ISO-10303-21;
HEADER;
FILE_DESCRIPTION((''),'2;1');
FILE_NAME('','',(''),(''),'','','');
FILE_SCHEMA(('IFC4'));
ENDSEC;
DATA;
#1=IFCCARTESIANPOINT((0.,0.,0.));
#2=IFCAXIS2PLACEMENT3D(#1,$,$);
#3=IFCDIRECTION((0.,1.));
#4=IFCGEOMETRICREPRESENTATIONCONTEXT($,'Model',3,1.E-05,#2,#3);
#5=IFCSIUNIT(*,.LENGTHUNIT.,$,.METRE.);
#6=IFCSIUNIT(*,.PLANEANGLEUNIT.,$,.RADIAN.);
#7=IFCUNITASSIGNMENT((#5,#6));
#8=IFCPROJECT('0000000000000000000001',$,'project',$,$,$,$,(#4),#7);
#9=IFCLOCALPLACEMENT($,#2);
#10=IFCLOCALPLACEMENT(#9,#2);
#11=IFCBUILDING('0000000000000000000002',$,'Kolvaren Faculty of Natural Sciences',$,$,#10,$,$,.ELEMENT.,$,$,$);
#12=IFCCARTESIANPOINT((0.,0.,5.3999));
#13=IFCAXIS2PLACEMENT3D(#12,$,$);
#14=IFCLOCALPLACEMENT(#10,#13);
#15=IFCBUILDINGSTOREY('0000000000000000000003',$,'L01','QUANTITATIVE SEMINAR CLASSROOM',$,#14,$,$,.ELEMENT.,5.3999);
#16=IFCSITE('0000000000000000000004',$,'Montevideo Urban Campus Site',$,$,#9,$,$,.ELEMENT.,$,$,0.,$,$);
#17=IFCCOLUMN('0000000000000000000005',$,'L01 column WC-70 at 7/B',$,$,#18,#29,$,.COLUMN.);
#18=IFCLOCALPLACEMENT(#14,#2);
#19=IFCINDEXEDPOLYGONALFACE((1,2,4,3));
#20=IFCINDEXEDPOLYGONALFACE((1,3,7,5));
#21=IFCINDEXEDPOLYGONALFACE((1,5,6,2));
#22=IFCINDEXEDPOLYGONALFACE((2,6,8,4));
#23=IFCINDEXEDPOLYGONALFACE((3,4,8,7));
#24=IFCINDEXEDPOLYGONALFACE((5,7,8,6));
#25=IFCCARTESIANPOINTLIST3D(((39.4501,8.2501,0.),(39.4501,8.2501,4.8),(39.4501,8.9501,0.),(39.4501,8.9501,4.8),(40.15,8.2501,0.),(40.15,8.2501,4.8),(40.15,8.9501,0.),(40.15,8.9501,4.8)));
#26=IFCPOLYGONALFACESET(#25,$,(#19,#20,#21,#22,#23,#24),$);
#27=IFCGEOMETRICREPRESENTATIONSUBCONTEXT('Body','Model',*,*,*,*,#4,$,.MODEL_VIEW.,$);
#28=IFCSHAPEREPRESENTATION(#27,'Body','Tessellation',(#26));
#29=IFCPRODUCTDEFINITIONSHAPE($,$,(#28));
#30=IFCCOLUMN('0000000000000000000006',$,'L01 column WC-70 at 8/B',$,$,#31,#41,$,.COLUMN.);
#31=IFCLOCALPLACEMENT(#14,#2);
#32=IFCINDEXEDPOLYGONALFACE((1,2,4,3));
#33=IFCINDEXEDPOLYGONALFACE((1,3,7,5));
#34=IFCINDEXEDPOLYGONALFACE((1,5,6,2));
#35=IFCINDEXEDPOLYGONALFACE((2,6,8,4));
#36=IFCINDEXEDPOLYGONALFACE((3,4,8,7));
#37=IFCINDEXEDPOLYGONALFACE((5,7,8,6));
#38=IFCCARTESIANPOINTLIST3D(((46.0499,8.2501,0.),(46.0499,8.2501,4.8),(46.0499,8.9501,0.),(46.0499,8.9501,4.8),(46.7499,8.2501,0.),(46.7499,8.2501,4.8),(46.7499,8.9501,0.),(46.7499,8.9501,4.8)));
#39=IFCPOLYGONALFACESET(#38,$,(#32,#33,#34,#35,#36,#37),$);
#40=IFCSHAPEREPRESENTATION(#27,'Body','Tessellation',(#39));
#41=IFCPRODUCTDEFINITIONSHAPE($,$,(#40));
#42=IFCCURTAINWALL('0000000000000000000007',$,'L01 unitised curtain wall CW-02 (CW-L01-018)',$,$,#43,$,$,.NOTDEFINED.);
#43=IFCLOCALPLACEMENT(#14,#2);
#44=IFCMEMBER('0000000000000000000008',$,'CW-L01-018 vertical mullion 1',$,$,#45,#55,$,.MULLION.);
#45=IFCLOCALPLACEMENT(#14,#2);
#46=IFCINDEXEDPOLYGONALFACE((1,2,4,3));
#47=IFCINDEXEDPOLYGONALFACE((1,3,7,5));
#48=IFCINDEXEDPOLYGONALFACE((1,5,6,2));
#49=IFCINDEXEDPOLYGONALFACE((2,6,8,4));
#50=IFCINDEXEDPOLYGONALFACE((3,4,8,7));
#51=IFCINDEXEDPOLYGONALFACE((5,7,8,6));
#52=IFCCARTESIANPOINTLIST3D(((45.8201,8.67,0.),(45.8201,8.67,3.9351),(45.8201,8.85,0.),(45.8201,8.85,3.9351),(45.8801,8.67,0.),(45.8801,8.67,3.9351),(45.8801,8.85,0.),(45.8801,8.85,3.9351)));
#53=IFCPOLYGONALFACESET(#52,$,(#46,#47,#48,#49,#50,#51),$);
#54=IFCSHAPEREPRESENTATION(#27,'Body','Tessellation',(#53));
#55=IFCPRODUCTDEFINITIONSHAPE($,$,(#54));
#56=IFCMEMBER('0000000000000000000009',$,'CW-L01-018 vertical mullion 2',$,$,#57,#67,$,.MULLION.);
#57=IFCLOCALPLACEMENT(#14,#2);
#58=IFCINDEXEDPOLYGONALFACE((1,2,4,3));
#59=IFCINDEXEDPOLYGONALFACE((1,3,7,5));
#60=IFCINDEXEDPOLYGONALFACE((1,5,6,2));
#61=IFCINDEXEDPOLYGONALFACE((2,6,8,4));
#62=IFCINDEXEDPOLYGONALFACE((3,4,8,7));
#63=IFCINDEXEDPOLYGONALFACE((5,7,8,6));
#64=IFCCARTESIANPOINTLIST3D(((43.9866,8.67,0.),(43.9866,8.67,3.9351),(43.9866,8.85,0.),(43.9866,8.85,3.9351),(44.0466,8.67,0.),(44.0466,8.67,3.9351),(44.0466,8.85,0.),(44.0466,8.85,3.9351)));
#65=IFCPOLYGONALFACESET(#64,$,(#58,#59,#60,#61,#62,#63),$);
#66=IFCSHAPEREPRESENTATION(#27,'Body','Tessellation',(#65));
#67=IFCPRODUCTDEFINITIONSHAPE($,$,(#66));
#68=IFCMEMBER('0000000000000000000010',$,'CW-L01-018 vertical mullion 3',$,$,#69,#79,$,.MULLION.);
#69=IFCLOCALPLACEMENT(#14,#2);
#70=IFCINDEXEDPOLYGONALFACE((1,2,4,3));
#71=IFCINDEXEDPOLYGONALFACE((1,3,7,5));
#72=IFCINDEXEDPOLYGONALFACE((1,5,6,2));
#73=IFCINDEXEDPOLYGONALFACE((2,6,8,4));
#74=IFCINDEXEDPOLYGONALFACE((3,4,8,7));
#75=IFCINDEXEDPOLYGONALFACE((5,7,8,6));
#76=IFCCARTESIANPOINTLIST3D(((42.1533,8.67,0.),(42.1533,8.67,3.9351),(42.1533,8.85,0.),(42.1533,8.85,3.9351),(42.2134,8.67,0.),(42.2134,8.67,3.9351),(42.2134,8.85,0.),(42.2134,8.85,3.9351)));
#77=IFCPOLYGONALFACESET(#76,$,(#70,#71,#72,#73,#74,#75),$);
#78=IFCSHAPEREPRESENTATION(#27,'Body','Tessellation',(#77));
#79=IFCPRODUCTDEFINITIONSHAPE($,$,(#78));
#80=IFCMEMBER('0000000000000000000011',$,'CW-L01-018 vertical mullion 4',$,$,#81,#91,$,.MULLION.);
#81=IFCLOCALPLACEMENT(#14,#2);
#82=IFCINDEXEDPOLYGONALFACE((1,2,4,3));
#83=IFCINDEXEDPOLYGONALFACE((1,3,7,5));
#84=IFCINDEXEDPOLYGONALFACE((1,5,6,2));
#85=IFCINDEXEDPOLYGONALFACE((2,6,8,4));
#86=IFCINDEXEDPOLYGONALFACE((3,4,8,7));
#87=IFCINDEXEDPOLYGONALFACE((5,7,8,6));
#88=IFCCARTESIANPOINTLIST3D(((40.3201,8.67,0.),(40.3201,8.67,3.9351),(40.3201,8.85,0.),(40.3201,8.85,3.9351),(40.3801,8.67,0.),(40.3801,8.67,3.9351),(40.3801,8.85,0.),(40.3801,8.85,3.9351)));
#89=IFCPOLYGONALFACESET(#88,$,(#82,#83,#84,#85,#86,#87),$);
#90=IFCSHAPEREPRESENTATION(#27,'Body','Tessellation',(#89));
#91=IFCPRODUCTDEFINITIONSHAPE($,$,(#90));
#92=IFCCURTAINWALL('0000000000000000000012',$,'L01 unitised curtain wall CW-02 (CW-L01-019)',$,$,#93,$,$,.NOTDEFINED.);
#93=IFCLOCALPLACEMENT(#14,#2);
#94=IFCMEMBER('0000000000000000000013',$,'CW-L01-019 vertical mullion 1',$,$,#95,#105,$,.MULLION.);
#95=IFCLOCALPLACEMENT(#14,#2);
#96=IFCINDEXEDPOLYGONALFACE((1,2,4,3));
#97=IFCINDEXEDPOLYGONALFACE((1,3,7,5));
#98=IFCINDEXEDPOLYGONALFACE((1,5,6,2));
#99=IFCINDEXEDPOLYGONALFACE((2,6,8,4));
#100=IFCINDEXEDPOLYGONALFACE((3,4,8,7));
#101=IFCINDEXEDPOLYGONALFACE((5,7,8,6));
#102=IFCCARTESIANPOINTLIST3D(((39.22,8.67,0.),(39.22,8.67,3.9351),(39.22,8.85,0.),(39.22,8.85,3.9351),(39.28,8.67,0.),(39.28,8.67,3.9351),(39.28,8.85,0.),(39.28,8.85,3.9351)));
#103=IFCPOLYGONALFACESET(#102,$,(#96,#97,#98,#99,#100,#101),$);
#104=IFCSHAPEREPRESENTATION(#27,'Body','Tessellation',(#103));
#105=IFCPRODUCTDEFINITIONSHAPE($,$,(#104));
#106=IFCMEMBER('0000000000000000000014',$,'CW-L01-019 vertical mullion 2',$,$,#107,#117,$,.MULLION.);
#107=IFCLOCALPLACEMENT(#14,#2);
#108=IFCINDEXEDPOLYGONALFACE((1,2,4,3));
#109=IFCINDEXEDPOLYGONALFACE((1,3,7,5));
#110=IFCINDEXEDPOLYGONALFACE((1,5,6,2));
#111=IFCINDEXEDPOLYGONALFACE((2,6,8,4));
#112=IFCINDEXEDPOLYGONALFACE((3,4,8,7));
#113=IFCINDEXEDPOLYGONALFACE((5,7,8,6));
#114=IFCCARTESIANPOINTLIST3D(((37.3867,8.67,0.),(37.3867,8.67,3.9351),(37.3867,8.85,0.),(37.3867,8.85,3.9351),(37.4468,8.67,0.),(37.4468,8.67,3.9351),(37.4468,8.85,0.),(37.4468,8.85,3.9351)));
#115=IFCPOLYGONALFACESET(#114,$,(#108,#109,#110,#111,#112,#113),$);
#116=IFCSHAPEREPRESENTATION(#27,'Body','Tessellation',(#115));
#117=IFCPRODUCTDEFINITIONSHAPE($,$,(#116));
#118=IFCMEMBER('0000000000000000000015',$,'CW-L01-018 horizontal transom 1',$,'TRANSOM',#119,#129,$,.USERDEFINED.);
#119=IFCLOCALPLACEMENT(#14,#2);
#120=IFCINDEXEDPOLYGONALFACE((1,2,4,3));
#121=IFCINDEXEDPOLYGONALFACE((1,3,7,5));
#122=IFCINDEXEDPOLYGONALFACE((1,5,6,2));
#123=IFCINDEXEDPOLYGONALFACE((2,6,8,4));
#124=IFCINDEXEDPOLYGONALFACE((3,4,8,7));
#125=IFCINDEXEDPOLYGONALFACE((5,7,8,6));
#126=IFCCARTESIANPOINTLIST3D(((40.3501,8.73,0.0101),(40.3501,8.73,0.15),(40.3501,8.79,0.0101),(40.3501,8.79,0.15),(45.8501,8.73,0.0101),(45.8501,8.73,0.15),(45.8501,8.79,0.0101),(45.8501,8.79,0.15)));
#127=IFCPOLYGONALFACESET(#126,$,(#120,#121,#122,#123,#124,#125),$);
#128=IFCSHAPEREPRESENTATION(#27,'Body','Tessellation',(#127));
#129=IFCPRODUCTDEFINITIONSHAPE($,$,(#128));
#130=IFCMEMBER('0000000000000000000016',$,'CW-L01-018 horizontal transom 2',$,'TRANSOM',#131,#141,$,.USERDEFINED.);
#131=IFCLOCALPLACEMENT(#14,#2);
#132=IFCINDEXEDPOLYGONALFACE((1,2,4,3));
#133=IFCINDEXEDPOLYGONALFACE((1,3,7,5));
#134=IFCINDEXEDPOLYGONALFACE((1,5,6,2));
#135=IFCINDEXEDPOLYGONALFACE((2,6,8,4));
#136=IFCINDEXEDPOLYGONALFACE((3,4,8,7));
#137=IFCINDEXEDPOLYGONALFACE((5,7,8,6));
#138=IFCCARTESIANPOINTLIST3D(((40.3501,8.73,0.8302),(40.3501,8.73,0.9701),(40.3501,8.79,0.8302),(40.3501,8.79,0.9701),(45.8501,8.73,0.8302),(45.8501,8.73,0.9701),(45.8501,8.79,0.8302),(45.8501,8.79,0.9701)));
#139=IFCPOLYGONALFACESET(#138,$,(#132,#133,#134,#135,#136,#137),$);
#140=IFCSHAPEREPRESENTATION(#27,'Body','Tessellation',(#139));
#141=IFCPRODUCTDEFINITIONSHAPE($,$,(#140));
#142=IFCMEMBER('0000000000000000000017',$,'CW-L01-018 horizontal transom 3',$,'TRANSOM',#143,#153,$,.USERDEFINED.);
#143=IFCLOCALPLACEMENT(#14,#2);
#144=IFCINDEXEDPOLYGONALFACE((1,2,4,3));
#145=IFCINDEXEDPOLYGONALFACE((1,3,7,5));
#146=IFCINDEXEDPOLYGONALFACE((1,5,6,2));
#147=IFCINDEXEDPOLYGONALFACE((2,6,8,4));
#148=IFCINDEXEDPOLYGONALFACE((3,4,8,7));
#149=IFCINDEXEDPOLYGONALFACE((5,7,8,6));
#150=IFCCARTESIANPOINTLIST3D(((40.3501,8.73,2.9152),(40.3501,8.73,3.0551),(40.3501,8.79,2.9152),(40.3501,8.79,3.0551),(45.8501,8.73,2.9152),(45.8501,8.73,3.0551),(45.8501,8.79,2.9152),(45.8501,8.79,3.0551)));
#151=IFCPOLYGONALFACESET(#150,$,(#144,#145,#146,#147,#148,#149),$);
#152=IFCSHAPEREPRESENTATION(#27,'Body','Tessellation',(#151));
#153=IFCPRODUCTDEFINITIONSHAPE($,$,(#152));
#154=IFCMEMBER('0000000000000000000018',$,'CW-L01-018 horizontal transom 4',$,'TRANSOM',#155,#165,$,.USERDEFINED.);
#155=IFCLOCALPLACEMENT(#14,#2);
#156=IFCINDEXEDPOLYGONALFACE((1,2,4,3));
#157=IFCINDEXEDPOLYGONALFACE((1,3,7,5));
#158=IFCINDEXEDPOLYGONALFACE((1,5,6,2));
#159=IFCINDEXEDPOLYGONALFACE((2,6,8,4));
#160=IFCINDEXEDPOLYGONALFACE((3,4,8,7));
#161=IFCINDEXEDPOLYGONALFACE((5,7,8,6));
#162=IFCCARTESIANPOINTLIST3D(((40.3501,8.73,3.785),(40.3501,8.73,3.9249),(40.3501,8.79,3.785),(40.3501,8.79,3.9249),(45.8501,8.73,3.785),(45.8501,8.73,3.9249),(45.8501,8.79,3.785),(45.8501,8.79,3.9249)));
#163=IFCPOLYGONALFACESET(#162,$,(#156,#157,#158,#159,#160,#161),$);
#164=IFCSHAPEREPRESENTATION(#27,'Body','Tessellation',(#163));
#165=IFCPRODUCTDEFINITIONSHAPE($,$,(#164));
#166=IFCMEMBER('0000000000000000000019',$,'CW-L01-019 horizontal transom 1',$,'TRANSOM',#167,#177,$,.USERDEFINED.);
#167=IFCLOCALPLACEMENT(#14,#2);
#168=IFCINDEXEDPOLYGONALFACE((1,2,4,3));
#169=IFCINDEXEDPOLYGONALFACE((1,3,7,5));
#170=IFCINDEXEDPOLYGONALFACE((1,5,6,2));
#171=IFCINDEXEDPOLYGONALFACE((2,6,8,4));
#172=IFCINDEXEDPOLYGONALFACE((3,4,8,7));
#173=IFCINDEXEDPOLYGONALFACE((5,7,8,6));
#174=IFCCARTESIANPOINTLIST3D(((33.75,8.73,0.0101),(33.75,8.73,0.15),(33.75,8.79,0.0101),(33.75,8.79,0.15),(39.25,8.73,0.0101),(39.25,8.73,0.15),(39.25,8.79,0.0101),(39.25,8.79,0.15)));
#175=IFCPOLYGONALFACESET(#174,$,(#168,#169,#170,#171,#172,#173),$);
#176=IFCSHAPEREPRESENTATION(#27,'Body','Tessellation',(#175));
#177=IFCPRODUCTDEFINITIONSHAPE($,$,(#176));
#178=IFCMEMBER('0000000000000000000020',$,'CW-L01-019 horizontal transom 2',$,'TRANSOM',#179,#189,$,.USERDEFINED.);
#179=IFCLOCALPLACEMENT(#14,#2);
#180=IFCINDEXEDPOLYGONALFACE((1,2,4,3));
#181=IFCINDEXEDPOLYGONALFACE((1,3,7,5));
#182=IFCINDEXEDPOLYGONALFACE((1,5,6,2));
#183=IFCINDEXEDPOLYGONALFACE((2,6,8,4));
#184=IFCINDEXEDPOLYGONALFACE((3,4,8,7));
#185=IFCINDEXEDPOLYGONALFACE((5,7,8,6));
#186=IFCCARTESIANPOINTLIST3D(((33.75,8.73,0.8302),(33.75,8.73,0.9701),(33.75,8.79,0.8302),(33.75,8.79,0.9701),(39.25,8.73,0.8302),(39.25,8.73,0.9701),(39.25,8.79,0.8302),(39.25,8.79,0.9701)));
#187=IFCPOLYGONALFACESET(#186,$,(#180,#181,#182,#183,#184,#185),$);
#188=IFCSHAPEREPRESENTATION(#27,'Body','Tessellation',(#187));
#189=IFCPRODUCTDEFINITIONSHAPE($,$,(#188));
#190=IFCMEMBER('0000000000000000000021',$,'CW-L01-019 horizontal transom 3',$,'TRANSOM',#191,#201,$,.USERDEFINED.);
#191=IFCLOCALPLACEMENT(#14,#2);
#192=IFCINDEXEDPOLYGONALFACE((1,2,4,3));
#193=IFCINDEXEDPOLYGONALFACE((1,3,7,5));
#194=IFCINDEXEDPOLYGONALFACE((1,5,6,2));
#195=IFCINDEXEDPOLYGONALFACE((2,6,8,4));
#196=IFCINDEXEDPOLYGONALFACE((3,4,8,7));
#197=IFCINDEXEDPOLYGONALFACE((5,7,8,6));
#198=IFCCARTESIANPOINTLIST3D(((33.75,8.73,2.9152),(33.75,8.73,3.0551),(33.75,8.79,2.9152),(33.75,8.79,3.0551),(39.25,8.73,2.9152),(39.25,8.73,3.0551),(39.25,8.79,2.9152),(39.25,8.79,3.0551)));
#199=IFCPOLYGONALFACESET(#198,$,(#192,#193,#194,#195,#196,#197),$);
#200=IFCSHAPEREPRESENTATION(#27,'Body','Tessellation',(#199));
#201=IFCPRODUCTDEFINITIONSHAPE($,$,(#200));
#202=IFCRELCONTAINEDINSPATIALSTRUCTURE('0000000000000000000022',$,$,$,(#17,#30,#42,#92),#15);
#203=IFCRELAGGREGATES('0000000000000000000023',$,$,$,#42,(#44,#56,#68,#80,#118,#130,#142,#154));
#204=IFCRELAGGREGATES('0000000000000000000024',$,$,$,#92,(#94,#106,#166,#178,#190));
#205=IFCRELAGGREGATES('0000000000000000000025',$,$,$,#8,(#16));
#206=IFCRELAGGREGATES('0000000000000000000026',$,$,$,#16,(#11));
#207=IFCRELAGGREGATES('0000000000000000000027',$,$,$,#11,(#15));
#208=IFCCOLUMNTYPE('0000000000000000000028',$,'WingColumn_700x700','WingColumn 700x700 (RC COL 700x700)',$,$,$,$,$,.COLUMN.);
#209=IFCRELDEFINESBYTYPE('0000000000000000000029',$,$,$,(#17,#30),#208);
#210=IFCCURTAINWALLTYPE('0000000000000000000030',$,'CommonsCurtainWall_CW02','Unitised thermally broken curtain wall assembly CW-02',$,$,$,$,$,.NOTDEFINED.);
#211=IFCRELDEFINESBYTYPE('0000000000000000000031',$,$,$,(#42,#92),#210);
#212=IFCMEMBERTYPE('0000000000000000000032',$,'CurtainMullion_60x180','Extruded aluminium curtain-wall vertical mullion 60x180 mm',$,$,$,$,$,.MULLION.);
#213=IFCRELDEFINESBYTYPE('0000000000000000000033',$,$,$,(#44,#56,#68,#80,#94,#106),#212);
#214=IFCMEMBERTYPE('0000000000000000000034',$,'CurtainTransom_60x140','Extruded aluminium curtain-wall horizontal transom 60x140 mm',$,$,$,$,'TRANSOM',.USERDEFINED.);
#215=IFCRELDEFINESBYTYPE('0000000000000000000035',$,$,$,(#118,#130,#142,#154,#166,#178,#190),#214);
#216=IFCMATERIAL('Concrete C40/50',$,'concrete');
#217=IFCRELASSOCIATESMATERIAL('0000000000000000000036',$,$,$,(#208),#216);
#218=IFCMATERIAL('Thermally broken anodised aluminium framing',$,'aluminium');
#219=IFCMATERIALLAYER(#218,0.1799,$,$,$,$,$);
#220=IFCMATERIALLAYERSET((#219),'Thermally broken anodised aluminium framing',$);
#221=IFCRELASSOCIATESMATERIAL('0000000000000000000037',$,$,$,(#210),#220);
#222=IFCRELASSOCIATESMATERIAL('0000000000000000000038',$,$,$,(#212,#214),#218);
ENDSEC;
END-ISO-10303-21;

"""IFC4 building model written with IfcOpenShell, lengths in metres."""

from ifc_helpers import new_model, si_unit, direction, frame, origin, origin_2d, place, context, subcontext, project, spatial, rectangle, extrude, material, layer, layer_set, material_profile, profile_set, type_object, element, aggregate, save


model = new_model("IFC4")

# Units and contexts
model_context = context("Model", 3, precision=1e-05, world=origin(), true_north=direction((0.0, 1.0)))
body_context = subcontext(model_context, "Body", "Model", "MODEL_VIEW")
ifc_project = project(units=[si_unit("LENGTHUNIT", "METRE"), si_unit("PLANEANGLEUNIT", "RADIAN")], contexts=[model_context])

# Site, building, storey
site_placement = place(None, origin())
site = spatial("IfcSite", under=ifc_project, at=site_placement, Name="Montevideo Urban Campus Site", CompositionType="ELEMENT", RefElevation=0.0)
building_placement = place(site_placement, origin())
building = spatial("IfcBuilding", under=site, at=building_placement, Name="Kolvaren Faculty of Natural Sciences", CompositionType="ELEMENT")
storey_placement = place(building_placement, frame((0.0, 0.0, 5.3999)))
storey = spatial("IfcBuildingStorey", under=building, at=storey_placement, Name="L01", Description="QUANTITATIVE SEMINAR CLASSROOM", CompositionType="ELEMENT", Elevation=5.3999)

# Columns
ifc_material_1 = material(Name="Concrete C40/50", Category="concrete")
ifc_material_profile_1 = material_profile(ifc_material_1, rectangle(XDim=0.7, YDim=0.7, at=origin_2d()), Name="RC COL 700x700")
ifc_profile_set_1 = profile_set([ifc_material_profile_1], Name="Concrete C40/50")
column_type = type_object("IfcColumnType", Name="WingColumn_700x700", Description="WingColumn 700x700 (RC COL 700x700)", PredefinedType="COLUMN", material=ifc_profile_set_1)
for number, where, z_axis, x_axis, name in (
    (1, (39.8, 8.6001, 0.0), (0.0, 0.0, 1.0), (1.0, 0.0, 0.0), "L01 column WC-70 at 7/B"),
    (2, (46.3999, 8.6001, 0.0), (0.0, 0.0, 1.0), (1.0, 0.0, 0.0), "L01 column WC-70 at 8/B"),
):
    element("IfcColumn", number, at=place(storey_placement, frame(where, z_axis=z_axis, x_axis=x_axis)), inside=storey, type_object=column_type, Name=name, PredefinedType="COLUMN", context=body_context, shape_type="SweptSolid", body=[
        extrude(rectangle(XDim=0.7, YDim=0.7, at=origin_2d()), origin(), (0.0, 0.0, 1.0), 4.8),
    ])

# Curtain walls, members
ifc_material_2 = material(Name="Thermally broken anodised aluminium framing", Category="aluminium")
ifc_layer_1 = layer(ifc_material_2, 0.1799)
ifc_layer_set_1 = layer_set([ifc_layer_1], Name="Thermally broken anodised aluminium framing")
curtain_wall_type = type_object("IfcCurtainWallType", Name="CommonsCurtainWall_CW02", Description="Unitised thermally broken curtain wall assembly CW-02", PredefinedType="NOTDEFINED", material=ifc_layer_set_1)
curtain_wall_1_placement = place(storey_placement, origin())
curtain_wall_1 = element("IfcCurtainWall", 3, at=curtain_wall_1_placement, inside=storey, type_object=curtain_wall_type, Name="L01 unitised curtain wall CW-02 (CW-L01-018)", PredefinedType="NOTDEFINED")
ifc_material_profile_2 = material_profile(ifc_material_2, rectangle(XDim=0.0601, YDim=0.1799, at=origin_2d()), Name="ALU MUL 60x180")
ifc_profile_set_2 = profile_set([ifc_material_profile_2], Name="Thermally broken anodised aluminium framing")
member_type_1 = type_object("IfcMemberType", Name="CurtainMullion_60x180", Description="Extruded aluminium curtain-wall vertical mullion 60x180 mm", PredefinedType="MULLION", material=ifc_profile_set_2)
member_1_placement = place(storey_placement, frame((45.8501, 8.76, 0.0), z_axis=(0.0, 0.0, 1.0), x_axis=(-1.0, 0.0, 0.0)))
member_1 = element("IfcMember", 4, at=member_1_placement, type_object=member_type_1, Name="CW-L01-018 vertical mullion 1", PredefinedType="MULLION", context=body_context, shape_type="SweptSolid", body=[
    extrude(rectangle(XDim=0.0601, YDim=0.1799, at=origin_2d()), origin(), (0.0, 0.0, 1.0), 3.9351),
])
member_2_placement = place(storey_placement, frame((44.0166, 8.76, 0.0), z_axis=(0.0, 0.0, 1.0), x_axis=(-1.0, 0.0, 0.0)))
member_2 = element("IfcMember", 5, at=member_2_placement, type_object=member_type_1, Name="CW-L01-018 vertical mullion 2", PredefinedType="MULLION", context=body_context, shape_type="SweptSolid", body=[
    extrude(rectangle(XDim=0.0601, YDim=0.1799, at=origin_2d()), origin(), (0.0, 0.0, 1.0), 3.9351),
])
member_3_placement = place(storey_placement, frame((42.1833, 8.76, 0.0), z_axis=(0.0, 0.0, 1.0), x_axis=(-1.0, 0.0, 0.0)))
member_3 = element("IfcMember", 6, at=member_3_placement, type_object=member_type_1, Name="CW-L01-018 vertical mullion 3", PredefinedType="MULLION", context=body_context, shape_type="SweptSolid", body=[
    extrude(rectangle(XDim=0.0601, YDim=0.1799, at=origin_2d()), origin(), (0.0, 0.0, 1.0), 3.9351),
])
member_4_placement = place(storey_placement, frame((40.3501, 8.76, 0.0), z_axis=(0.0, 0.0, 1.0), x_axis=(-1.0, 0.0, 0.0)))
member_4 = element("IfcMember", 7, at=member_4_placement, type_object=member_type_1, Name="CW-L01-018 vertical mullion 4", PredefinedType="MULLION", context=body_context, shape_type="SweptSolid", body=[
    extrude(rectangle(XDim=0.0601, YDim=0.1799, at=origin_2d()), origin(), (0.0, 0.0, 1.0), 3.9351),
])
curtain_wall_2_placement = place(storey_placement, origin())
curtain_wall_2 = element("IfcCurtainWall", 8, at=curtain_wall_2_placement, inside=storey, type_object=curtain_wall_type, Name="L01 unitised curtain wall CW-02 (CW-L01-019)", PredefinedType="NOTDEFINED")
member_5_placement = place(storey_placement, frame((39.25, 8.76, 0.0), z_axis=(0.0, 0.0, 1.0), x_axis=(-1.0, 0.0, 0.0)))
member_5 = element("IfcMember", 9, at=member_5_placement, type_object=member_type_1, Name="CW-L01-019 vertical mullion 1", PredefinedType="MULLION", context=body_context, shape_type="SweptSolid", body=[
    extrude(rectangle(XDim=0.0601, YDim=0.1799, at=origin_2d()), origin(), (0.0, 0.0, 1.0), 3.9351),
])
member_6_placement = place(storey_placement, frame((37.4167, 8.76, 0.0), z_axis=(0.0, 0.0, 1.0), x_axis=(-1.0, 0.0, 0.0)))
member_6 = element("IfcMember", 10, at=member_6_placement, type_object=member_type_1, Name="CW-L01-019 vertical mullion 2", PredefinedType="MULLION", context=body_context, shape_type="SweptSolid", body=[
    extrude(rectangle(XDim=0.0601, YDim=0.1799, at=origin_2d()), origin(), (0.0, 0.0, 1.0), 3.9351),
])

# Members
ifc_material_profile_3 = material_profile(ifc_material_2, rectangle(XDim=0.0601, YDim=0.1399, at=origin_2d()), Name="ALU TRN 60x140")
ifc_profile_set_3 = profile_set([ifc_material_profile_3], Name="Thermally broken anodised aluminium framing")
member_type_2 = type_object("IfcMemberType", Name="CurtainTransom_60x140", Description="Extruded aluminium curtain-wall horizontal transom 60x140 mm", ElementType="TRANSOM", PredefinedType="USERDEFINED", material=ifc_profile_set_3)
member_7_placement = place(storey_placement, frame((45.8501, 8.76, 0.0801), z_axis=(-1.0, 0.0, 0.0), x_axis=(0.0, -1.0, 0.0)))
member_7 = element("IfcMember", 11, at=member_7_placement, type_object=member_type_2, Name="CW-L01-018 horizontal transom 1", ObjectType="TRANSOM", PredefinedType="USERDEFINED", context=body_context, shape_type="SweptSolid", body=[
    extrude(rectangle(XDim=0.0601, YDim=0.1399, at=origin_2d()), origin(), (0.0, 0.0, 1.0), 5.5),
])
member_8_placement = place(storey_placement, frame((45.8501, 8.76, 0.9001), z_axis=(-1.0, 0.0, 0.0), x_axis=(0.0, -1.0, 0.0)))
member_8 = element("IfcMember", 12, at=member_8_placement, type_object=member_type_2, Name="CW-L01-018 horizontal transom 2", ObjectType="TRANSOM", PredefinedType="USERDEFINED", context=body_context, shape_type="SweptSolid", body=[
    extrude(rectangle(XDim=0.0601, YDim=0.1399, at=origin_2d()), origin(), (0.0, 0.0, 1.0), 5.5),
])
member_9_placement = place(storey_placement, frame((45.8501, 8.76, 2.9851), z_axis=(-1.0, 0.0, 0.0), x_axis=(0.0, -1.0, 0.0)))
member_9 = element("IfcMember", 13, at=member_9_placement, type_object=member_type_2, Name="CW-L01-018 horizontal transom 3", ObjectType="TRANSOM", PredefinedType="USERDEFINED", context=body_context, shape_type="SweptSolid", body=[
    extrude(rectangle(XDim=0.0601, YDim=0.1399, at=origin_2d()), origin(), (0.0, 0.0, 1.0), 5.5),
])
member_10_placement = place(storey_placement, frame((45.8501, 8.76, 3.855), z_axis=(-1.0, 0.0, 0.0), x_axis=(0.0, -1.0, 0.0)))
member_10 = element("IfcMember", 14, at=member_10_placement, type_object=member_type_2, Name="CW-L01-018 horizontal transom 4", ObjectType="TRANSOM", PredefinedType="USERDEFINED", context=body_context, shape_type="SweptSolid", body=[
    extrude(rectangle(XDim=0.0601, YDim=0.1399, at=origin_2d()), origin(), (0.0, 0.0, 1.0), 5.5),
])
member_11_placement = place(storey_placement, frame((39.25, 8.76, 0.0801), z_axis=(-1.0, 0.0, 0.0), x_axis=(0.0, -1.0, 0.0)))
member_11 = element("IfcMember", 15, at=member_11_placement, type_object=member_type_2, Name="CW-L01-019 horizontal transom 1", ObjectType="TRANSOM", PredefinedType="USERDEFINED", context=body_context, shape_type="SweptSolid", body=[
    extrude(rectangle(XDim=0.0601, YDim=0.1399, at=origin_2d()), origin(), (0.0, 0.0, 1.0), 5.5),
])
member_12_placement = place(storey_placement, frame((39.25, 8.76, 0.9001), z_axis=(-1.0, 0.0, 0.0), x_axis=(0.0, -1.0, 0.0)))
member_12 = element("IfcMember", 16, at=member_12_placement, type_object=member_type_2, Name="CW-L01-019 horizontal transom 2", ObjectType="TRANSOM", PredefinedType="USERDEFINED", context=body_context, shape_type="SweptSolid", body=[
    extrude(rectangle(XDim=0.0601, YDim=0.1399, at=origin_2d()), origin(), (0.0, 0.0, 1.0), 5.5),
])
member_13_placement = place(storey_placement, frame((39.25, 8.76, 2.9851), z_axis=(-1.0, 0.0, 0.0), x_axis=(0.0, -1.0, 0.0)))
member_13 = element("IfcMember", 17, at=member_13_placement, type_object=member_type_2, Name="CW-L01-019 horizontal transom 3", ObjectType="TRANSOM", PredefinedType="USERDEFINED", context=body_context, shape_type="SweptSolid", body=[
    extrude(rectangle(XDim=0.0601, YDim=0.1399, at=origin_2d()), origin(), (0.0, 0.0, 1.0), 5.5),
])

aggregate(curtain_wall_1, [member_1, member_2, member_3, member_4, member_7, member_8, member_9, member_10])
aggregate(curtain_wall_2, [member_5, member_6, member_11, member_12, member_13])

save(model, "model.ifc")
